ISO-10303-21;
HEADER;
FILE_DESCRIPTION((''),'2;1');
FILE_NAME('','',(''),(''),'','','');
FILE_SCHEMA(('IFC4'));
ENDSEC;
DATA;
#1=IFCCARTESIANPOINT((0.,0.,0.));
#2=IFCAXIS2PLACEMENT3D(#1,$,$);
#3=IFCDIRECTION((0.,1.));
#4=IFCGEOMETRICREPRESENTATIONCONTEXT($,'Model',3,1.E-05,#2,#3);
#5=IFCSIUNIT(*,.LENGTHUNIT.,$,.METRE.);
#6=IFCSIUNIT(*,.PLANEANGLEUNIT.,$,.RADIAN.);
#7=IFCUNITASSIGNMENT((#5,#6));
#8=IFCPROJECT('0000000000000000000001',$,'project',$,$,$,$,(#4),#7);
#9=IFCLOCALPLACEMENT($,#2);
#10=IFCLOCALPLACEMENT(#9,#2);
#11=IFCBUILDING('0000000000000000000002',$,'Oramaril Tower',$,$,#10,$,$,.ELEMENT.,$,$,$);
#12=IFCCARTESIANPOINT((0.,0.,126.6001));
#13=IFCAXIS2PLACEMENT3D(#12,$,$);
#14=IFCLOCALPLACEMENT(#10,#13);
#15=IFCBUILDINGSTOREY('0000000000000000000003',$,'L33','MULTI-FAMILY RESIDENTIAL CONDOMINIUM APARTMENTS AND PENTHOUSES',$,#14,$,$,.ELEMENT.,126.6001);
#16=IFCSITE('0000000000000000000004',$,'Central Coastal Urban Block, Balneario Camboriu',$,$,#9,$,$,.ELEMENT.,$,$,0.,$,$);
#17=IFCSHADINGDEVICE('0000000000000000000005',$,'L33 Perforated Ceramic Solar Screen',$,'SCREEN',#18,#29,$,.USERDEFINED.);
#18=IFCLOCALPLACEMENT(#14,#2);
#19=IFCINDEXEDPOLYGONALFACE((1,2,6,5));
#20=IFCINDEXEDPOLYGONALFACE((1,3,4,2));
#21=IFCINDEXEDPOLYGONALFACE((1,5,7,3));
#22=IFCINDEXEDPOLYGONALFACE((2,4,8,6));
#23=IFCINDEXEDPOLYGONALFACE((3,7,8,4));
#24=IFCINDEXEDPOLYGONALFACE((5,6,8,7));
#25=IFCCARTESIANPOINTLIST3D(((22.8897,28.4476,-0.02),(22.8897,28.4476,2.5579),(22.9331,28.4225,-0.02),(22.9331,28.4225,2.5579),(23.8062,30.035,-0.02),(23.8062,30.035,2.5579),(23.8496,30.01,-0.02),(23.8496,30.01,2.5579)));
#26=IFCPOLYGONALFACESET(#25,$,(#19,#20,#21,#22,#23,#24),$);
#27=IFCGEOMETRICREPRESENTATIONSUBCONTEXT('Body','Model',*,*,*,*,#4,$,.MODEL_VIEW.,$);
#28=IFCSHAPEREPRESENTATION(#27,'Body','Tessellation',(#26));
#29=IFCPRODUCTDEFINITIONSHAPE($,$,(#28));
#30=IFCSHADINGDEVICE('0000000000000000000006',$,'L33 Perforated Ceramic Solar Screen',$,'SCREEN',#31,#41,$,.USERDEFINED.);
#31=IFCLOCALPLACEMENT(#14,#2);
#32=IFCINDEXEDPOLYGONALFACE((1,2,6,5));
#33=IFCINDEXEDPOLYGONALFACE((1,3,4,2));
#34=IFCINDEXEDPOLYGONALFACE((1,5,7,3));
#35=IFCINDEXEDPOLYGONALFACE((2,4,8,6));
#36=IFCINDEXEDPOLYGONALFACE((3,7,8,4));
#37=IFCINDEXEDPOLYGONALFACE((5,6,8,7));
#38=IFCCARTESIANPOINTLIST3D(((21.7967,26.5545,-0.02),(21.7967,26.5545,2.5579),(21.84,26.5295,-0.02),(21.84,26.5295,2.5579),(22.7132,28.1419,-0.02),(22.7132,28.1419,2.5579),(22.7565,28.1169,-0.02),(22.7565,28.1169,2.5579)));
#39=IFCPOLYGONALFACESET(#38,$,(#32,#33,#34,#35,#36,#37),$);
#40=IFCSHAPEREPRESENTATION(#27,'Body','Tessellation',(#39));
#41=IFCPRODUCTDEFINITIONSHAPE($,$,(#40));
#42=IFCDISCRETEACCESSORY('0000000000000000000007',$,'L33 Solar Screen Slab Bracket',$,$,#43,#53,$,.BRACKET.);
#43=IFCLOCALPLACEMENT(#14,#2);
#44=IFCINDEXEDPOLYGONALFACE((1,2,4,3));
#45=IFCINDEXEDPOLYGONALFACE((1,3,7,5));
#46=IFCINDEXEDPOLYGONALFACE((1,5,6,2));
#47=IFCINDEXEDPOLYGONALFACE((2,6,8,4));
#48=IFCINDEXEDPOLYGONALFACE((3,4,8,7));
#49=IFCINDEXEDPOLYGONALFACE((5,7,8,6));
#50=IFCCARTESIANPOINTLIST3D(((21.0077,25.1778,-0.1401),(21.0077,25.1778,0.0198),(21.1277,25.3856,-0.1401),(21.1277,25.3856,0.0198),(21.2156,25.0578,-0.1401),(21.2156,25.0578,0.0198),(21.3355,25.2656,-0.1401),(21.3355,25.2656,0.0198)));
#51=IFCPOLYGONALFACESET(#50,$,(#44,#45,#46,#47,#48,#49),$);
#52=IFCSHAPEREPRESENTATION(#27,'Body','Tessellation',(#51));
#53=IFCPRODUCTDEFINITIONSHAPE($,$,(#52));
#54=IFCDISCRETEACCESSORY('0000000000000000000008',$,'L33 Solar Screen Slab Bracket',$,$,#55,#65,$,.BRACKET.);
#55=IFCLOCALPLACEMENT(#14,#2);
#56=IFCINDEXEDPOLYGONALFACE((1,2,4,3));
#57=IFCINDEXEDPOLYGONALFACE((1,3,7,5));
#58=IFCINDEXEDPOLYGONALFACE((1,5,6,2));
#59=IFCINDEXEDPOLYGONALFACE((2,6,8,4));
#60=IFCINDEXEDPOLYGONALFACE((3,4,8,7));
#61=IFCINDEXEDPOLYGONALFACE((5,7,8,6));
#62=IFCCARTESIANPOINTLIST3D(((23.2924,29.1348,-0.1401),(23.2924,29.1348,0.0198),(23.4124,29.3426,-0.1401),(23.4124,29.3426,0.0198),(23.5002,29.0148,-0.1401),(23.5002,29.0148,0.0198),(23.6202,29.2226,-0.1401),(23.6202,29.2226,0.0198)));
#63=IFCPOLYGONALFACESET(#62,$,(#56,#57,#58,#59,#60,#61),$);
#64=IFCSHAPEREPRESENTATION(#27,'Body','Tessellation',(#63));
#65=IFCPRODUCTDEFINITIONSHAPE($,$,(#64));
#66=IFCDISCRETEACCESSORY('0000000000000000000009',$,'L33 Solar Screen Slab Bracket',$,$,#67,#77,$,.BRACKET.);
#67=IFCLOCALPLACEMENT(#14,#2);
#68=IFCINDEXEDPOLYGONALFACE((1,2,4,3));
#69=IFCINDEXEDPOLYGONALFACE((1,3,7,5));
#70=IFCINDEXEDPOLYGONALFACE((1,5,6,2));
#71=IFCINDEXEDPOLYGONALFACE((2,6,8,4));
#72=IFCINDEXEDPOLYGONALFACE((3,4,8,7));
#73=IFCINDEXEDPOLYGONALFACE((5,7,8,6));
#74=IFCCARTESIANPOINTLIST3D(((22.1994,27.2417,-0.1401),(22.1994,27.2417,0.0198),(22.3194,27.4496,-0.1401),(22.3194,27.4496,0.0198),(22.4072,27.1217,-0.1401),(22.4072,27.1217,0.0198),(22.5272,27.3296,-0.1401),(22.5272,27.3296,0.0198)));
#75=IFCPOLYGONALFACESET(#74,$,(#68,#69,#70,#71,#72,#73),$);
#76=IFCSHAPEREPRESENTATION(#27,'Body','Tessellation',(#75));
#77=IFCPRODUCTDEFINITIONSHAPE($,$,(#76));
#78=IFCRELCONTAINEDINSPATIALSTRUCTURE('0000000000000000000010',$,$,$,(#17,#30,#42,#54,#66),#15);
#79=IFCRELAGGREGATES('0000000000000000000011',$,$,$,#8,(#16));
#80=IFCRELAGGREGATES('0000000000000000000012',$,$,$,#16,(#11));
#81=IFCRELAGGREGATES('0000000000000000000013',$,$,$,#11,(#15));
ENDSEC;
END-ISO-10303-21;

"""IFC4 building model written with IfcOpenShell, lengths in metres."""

from ifc_helpers import new_model, si_unit, direction, frame, origin, origin_2d, place, context, subcontext, project, spatial, rectangle, extrude, element, save


model = new_model("IFC4")

# Units and contexts
model_context = context("Model", 3, precision=1e-05, world=origin(), true_north=direction((0.0, 1.0)))
body_context = subcontext(model_context, "Body", "Model", "MODEL_VIEW")
ifc_project = project(units=[si_unit("LENGTHUNIT", "METRE"), si_unit("PLANEANGLEUNIT", "RADIAN")], contexts=[model_context])

# Site, building, storey
site_placement = place(None, origin())
site = spatial("IfcSite", under=ifc_project, at=site_placement, Name="Central Coastal Urban Block, Balneario Camboriu", CompositionType="ELEMENT", RefElevation=0.0)
building_placement = place(site_placement, origin())
building = spatial("IfcBuilding", under=site, at=building_placement, Name="Oramaril Tower", CompositionType="ELEMENT")
storey_placement = place(building_placement, frame((0.0, 0.0, 126.6001)))
storey = spatial("IfcBuildingStorey", under=building, at=storey_placement, Name="L33", Description="MULTI-FAMILY RESIDENTIAL CONDOMINIUM APARTMENTS AND PENTHOUSES", CompositionType="ELEMENT", Elevation=126.6001)

# Shading devices
for number, where, z_axis, x_axis, name in (
    (1, (23.3696, 29.2288, -0.02), (0.0, 0.0, 1.0), (-0.499998, -0.866026, 0.0), "L33 Perforated Ceramic Solar Screen"),
    (2, (22.2766, 27.3357, -0.02), (0.0, 0.0, 1.0), (-0.499998, -0.866026, 0.0), "L33 Perforated Ceramic Solar Screen"),
):
    element("IfcShadingDevice", number, at=place(storey_placement, frame(where, z_axis=z_axis, x_axis=x_axis)), inside=storey, Name=name, ObjectType="SCREEN", PredefinedType="USERDEFINED", context=body_context, shape_type="SweptSolid", body=[
        extrude(rectangle(XDim=1.833, YDim=0.05, at=origin_2d()), origin(), (0.0, 0.0, 1.0), 2.5779),
    ])

# Discrete accessories
for number, where, z_axis, x_axis, name in (
    (3, (21.1716, 25.2217, -0.1401), (0.0, 0.0, 1.0), (-0.499998, -0.866026, 0.0), "L33 Solar Screen Slab Bracket"),
    (4, (23.4563, 29.1787, -0.1401), (0.0, 0.0, 1.0), (-0.499998, -0.866026, 0.0), "L33 Solar Screen Slab Bracket"),
    (5, (22.3633, 27.2856, -0.1401), (0.0, 0.0, 1.0), (-0.499998, -0.866026, 0.0), "L33 Solar Screen Slab Bracket"),
):
    element("IfcDiscreteAccessory", number, at=place(storey_placement, frame(where, z_axis=z_axis, x_axis=x_axis)), inside=storey, Name=name, PredefinedType="BRACKET", context=body_context, shape_type="SweptSolid", body=[
        extrude(rectangle(XDim=0.24, YDim=0.24, at=origin_2d()), origin(), (0.0, 0.0, 1.0), 0.1599),
    ])

save(model, "model.ifc")
